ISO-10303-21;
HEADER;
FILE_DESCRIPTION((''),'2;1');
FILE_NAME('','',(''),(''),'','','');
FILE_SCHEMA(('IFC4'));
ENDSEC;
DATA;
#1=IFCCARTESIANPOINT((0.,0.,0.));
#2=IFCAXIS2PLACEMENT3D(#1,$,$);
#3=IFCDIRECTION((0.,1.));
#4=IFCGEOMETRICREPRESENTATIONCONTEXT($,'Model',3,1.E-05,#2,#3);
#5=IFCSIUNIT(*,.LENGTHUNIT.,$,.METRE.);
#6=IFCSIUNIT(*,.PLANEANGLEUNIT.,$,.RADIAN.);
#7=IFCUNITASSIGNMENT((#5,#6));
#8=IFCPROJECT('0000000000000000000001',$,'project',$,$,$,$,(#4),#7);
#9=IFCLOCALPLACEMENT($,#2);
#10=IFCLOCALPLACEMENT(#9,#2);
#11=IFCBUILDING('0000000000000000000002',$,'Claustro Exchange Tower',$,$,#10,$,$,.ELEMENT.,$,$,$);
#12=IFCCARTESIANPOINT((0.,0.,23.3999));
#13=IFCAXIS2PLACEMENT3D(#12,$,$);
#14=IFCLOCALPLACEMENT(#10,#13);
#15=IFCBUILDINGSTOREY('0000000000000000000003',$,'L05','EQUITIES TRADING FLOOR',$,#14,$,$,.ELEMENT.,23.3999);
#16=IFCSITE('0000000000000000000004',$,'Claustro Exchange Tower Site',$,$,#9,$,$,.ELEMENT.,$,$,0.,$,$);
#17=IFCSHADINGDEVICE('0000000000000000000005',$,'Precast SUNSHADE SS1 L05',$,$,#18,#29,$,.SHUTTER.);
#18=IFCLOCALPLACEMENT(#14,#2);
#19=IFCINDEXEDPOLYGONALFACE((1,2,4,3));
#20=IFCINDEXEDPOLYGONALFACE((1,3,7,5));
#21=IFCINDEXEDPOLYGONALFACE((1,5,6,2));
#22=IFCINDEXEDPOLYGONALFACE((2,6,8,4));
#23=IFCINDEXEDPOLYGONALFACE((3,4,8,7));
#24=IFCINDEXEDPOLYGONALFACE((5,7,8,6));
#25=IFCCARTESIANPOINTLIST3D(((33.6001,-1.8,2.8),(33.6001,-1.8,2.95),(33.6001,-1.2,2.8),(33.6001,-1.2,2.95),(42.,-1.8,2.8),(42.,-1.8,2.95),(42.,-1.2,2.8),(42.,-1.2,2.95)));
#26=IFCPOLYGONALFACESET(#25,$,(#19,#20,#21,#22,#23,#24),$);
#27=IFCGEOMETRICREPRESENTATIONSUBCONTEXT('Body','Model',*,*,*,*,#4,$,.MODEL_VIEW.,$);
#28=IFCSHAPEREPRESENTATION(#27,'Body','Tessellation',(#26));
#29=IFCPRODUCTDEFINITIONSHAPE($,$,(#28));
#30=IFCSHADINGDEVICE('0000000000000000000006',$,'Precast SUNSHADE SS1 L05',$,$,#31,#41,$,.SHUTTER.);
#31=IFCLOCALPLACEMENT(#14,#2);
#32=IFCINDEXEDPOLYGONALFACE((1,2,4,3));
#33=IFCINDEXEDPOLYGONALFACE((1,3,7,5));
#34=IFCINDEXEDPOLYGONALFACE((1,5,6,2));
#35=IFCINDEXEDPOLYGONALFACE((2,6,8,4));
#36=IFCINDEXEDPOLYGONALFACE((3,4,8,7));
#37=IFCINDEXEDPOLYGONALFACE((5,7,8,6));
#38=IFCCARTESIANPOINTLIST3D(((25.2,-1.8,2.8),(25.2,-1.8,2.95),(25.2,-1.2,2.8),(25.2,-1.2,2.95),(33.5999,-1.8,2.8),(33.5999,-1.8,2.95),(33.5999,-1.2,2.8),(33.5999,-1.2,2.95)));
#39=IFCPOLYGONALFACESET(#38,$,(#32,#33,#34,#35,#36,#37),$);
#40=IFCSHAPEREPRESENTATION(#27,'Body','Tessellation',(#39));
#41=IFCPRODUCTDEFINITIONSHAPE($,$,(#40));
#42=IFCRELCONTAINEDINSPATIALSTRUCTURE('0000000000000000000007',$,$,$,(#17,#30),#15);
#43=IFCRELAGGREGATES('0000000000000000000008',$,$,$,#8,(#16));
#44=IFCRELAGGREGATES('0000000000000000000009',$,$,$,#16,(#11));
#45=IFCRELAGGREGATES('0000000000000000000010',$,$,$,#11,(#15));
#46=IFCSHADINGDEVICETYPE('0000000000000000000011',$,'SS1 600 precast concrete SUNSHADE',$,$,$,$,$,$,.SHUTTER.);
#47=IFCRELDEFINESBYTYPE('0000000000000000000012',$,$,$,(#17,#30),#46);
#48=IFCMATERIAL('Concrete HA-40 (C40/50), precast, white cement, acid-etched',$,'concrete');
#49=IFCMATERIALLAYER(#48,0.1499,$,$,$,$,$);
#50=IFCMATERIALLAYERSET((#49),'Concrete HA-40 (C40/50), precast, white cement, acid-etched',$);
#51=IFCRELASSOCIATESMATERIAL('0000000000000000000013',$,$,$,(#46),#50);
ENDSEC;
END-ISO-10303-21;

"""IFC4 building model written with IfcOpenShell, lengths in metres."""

from ifc_helpers import new_model, si_unit, direction, frame, origin, origin_2d, place, context, subcontext, project, spatial, rectangle, extrude, material, layer, layer_set, type_object, element, save


model = new_model("IFC4")

# Units and contexts
model_context = context("Model", 3, precision=1e-05, world=origin(), true_north=direction((0.0, 1.0)))
body_context = subcontext(model_context, "Body", "Model", "MODEL_VIEW")
ifc_project = project(units=[si_unit("LENGTHUNIT", "METRE"), si_unit("PLANEANGLEUNIT", "RADIAN")], contexts=[model_context])

# Site, building, storey
site_placement = place(None, origin())
site = spatial("IfcSite", under=ifc_project, at=site_placement, Name="Claustro Exchange Tower Site", CompositionType="ELEMENT", RefElevation=0.0)
building_placement = place(site_placement, origin())
building = spatial("IfcBuilding", under=site, at=building_placement, Name="Claustro Exchange Tower", CompositionType="ELEMENT")
storey_placement = place(building_placement, frame((0.0, 0.0, 23.3999)))
storey = spatial("IfcBuildingStorey", under=building, at=storey_placement, Name="L05", Description="EQUITIES TRADING FLOOR", CompositionType="ELEMENT", Elevation=23.3999)

# Shading devices
ifc_material_1 = material(Name="Concrete HA-40 (C40/50), precast, white cement, acid-etched", Category="concrete")
ifc_layer_1 = layer(ifc_material_1, 0.1499)
ifc_layer_set_1 = layer_set([ifc_layer_1], Name="Concrete HA-40 (C40/50), precast, white cement, acid-etched")
shading_device_type = type_object("IfcShadingDeviceType", Name="SS1 600 precast concrete SUNSHADE", PredefinedType="SHUTTER", material=ifc_layer_set_1)
for number, where, z_axis, x_axis, name in (
    (1, (37.8, -1.5, 2.8), (0.0, 0.0, 1.0), (-1.0, 0.0, 0.0), "Precast SUNSHADE SS1 L05"),
    (2, (29.3999, -1.5, 2.8), (0.0, 0.0, 1.0), (-1.0, 0.0, 0.0), "Precast SUNSHADE SS1 L05"),
):
    element("IfcShadingDevice", number, at=place(storey_placement, frame(where, z_axis=z_axis, x_axis=x_axis)), inside=storey, type_object=shading_device_type, Name=name, PredefinedType="SHUTTER", context=body_context, shape_type="SweptSolid", body=[
        extrude(rectangle(XDim=8.3999, YDim=0.6001, at=origin_2d()), origin(), (0.0, 0.0, 1.0), 0.1499),
    ])

save(model, "model.ifc")
